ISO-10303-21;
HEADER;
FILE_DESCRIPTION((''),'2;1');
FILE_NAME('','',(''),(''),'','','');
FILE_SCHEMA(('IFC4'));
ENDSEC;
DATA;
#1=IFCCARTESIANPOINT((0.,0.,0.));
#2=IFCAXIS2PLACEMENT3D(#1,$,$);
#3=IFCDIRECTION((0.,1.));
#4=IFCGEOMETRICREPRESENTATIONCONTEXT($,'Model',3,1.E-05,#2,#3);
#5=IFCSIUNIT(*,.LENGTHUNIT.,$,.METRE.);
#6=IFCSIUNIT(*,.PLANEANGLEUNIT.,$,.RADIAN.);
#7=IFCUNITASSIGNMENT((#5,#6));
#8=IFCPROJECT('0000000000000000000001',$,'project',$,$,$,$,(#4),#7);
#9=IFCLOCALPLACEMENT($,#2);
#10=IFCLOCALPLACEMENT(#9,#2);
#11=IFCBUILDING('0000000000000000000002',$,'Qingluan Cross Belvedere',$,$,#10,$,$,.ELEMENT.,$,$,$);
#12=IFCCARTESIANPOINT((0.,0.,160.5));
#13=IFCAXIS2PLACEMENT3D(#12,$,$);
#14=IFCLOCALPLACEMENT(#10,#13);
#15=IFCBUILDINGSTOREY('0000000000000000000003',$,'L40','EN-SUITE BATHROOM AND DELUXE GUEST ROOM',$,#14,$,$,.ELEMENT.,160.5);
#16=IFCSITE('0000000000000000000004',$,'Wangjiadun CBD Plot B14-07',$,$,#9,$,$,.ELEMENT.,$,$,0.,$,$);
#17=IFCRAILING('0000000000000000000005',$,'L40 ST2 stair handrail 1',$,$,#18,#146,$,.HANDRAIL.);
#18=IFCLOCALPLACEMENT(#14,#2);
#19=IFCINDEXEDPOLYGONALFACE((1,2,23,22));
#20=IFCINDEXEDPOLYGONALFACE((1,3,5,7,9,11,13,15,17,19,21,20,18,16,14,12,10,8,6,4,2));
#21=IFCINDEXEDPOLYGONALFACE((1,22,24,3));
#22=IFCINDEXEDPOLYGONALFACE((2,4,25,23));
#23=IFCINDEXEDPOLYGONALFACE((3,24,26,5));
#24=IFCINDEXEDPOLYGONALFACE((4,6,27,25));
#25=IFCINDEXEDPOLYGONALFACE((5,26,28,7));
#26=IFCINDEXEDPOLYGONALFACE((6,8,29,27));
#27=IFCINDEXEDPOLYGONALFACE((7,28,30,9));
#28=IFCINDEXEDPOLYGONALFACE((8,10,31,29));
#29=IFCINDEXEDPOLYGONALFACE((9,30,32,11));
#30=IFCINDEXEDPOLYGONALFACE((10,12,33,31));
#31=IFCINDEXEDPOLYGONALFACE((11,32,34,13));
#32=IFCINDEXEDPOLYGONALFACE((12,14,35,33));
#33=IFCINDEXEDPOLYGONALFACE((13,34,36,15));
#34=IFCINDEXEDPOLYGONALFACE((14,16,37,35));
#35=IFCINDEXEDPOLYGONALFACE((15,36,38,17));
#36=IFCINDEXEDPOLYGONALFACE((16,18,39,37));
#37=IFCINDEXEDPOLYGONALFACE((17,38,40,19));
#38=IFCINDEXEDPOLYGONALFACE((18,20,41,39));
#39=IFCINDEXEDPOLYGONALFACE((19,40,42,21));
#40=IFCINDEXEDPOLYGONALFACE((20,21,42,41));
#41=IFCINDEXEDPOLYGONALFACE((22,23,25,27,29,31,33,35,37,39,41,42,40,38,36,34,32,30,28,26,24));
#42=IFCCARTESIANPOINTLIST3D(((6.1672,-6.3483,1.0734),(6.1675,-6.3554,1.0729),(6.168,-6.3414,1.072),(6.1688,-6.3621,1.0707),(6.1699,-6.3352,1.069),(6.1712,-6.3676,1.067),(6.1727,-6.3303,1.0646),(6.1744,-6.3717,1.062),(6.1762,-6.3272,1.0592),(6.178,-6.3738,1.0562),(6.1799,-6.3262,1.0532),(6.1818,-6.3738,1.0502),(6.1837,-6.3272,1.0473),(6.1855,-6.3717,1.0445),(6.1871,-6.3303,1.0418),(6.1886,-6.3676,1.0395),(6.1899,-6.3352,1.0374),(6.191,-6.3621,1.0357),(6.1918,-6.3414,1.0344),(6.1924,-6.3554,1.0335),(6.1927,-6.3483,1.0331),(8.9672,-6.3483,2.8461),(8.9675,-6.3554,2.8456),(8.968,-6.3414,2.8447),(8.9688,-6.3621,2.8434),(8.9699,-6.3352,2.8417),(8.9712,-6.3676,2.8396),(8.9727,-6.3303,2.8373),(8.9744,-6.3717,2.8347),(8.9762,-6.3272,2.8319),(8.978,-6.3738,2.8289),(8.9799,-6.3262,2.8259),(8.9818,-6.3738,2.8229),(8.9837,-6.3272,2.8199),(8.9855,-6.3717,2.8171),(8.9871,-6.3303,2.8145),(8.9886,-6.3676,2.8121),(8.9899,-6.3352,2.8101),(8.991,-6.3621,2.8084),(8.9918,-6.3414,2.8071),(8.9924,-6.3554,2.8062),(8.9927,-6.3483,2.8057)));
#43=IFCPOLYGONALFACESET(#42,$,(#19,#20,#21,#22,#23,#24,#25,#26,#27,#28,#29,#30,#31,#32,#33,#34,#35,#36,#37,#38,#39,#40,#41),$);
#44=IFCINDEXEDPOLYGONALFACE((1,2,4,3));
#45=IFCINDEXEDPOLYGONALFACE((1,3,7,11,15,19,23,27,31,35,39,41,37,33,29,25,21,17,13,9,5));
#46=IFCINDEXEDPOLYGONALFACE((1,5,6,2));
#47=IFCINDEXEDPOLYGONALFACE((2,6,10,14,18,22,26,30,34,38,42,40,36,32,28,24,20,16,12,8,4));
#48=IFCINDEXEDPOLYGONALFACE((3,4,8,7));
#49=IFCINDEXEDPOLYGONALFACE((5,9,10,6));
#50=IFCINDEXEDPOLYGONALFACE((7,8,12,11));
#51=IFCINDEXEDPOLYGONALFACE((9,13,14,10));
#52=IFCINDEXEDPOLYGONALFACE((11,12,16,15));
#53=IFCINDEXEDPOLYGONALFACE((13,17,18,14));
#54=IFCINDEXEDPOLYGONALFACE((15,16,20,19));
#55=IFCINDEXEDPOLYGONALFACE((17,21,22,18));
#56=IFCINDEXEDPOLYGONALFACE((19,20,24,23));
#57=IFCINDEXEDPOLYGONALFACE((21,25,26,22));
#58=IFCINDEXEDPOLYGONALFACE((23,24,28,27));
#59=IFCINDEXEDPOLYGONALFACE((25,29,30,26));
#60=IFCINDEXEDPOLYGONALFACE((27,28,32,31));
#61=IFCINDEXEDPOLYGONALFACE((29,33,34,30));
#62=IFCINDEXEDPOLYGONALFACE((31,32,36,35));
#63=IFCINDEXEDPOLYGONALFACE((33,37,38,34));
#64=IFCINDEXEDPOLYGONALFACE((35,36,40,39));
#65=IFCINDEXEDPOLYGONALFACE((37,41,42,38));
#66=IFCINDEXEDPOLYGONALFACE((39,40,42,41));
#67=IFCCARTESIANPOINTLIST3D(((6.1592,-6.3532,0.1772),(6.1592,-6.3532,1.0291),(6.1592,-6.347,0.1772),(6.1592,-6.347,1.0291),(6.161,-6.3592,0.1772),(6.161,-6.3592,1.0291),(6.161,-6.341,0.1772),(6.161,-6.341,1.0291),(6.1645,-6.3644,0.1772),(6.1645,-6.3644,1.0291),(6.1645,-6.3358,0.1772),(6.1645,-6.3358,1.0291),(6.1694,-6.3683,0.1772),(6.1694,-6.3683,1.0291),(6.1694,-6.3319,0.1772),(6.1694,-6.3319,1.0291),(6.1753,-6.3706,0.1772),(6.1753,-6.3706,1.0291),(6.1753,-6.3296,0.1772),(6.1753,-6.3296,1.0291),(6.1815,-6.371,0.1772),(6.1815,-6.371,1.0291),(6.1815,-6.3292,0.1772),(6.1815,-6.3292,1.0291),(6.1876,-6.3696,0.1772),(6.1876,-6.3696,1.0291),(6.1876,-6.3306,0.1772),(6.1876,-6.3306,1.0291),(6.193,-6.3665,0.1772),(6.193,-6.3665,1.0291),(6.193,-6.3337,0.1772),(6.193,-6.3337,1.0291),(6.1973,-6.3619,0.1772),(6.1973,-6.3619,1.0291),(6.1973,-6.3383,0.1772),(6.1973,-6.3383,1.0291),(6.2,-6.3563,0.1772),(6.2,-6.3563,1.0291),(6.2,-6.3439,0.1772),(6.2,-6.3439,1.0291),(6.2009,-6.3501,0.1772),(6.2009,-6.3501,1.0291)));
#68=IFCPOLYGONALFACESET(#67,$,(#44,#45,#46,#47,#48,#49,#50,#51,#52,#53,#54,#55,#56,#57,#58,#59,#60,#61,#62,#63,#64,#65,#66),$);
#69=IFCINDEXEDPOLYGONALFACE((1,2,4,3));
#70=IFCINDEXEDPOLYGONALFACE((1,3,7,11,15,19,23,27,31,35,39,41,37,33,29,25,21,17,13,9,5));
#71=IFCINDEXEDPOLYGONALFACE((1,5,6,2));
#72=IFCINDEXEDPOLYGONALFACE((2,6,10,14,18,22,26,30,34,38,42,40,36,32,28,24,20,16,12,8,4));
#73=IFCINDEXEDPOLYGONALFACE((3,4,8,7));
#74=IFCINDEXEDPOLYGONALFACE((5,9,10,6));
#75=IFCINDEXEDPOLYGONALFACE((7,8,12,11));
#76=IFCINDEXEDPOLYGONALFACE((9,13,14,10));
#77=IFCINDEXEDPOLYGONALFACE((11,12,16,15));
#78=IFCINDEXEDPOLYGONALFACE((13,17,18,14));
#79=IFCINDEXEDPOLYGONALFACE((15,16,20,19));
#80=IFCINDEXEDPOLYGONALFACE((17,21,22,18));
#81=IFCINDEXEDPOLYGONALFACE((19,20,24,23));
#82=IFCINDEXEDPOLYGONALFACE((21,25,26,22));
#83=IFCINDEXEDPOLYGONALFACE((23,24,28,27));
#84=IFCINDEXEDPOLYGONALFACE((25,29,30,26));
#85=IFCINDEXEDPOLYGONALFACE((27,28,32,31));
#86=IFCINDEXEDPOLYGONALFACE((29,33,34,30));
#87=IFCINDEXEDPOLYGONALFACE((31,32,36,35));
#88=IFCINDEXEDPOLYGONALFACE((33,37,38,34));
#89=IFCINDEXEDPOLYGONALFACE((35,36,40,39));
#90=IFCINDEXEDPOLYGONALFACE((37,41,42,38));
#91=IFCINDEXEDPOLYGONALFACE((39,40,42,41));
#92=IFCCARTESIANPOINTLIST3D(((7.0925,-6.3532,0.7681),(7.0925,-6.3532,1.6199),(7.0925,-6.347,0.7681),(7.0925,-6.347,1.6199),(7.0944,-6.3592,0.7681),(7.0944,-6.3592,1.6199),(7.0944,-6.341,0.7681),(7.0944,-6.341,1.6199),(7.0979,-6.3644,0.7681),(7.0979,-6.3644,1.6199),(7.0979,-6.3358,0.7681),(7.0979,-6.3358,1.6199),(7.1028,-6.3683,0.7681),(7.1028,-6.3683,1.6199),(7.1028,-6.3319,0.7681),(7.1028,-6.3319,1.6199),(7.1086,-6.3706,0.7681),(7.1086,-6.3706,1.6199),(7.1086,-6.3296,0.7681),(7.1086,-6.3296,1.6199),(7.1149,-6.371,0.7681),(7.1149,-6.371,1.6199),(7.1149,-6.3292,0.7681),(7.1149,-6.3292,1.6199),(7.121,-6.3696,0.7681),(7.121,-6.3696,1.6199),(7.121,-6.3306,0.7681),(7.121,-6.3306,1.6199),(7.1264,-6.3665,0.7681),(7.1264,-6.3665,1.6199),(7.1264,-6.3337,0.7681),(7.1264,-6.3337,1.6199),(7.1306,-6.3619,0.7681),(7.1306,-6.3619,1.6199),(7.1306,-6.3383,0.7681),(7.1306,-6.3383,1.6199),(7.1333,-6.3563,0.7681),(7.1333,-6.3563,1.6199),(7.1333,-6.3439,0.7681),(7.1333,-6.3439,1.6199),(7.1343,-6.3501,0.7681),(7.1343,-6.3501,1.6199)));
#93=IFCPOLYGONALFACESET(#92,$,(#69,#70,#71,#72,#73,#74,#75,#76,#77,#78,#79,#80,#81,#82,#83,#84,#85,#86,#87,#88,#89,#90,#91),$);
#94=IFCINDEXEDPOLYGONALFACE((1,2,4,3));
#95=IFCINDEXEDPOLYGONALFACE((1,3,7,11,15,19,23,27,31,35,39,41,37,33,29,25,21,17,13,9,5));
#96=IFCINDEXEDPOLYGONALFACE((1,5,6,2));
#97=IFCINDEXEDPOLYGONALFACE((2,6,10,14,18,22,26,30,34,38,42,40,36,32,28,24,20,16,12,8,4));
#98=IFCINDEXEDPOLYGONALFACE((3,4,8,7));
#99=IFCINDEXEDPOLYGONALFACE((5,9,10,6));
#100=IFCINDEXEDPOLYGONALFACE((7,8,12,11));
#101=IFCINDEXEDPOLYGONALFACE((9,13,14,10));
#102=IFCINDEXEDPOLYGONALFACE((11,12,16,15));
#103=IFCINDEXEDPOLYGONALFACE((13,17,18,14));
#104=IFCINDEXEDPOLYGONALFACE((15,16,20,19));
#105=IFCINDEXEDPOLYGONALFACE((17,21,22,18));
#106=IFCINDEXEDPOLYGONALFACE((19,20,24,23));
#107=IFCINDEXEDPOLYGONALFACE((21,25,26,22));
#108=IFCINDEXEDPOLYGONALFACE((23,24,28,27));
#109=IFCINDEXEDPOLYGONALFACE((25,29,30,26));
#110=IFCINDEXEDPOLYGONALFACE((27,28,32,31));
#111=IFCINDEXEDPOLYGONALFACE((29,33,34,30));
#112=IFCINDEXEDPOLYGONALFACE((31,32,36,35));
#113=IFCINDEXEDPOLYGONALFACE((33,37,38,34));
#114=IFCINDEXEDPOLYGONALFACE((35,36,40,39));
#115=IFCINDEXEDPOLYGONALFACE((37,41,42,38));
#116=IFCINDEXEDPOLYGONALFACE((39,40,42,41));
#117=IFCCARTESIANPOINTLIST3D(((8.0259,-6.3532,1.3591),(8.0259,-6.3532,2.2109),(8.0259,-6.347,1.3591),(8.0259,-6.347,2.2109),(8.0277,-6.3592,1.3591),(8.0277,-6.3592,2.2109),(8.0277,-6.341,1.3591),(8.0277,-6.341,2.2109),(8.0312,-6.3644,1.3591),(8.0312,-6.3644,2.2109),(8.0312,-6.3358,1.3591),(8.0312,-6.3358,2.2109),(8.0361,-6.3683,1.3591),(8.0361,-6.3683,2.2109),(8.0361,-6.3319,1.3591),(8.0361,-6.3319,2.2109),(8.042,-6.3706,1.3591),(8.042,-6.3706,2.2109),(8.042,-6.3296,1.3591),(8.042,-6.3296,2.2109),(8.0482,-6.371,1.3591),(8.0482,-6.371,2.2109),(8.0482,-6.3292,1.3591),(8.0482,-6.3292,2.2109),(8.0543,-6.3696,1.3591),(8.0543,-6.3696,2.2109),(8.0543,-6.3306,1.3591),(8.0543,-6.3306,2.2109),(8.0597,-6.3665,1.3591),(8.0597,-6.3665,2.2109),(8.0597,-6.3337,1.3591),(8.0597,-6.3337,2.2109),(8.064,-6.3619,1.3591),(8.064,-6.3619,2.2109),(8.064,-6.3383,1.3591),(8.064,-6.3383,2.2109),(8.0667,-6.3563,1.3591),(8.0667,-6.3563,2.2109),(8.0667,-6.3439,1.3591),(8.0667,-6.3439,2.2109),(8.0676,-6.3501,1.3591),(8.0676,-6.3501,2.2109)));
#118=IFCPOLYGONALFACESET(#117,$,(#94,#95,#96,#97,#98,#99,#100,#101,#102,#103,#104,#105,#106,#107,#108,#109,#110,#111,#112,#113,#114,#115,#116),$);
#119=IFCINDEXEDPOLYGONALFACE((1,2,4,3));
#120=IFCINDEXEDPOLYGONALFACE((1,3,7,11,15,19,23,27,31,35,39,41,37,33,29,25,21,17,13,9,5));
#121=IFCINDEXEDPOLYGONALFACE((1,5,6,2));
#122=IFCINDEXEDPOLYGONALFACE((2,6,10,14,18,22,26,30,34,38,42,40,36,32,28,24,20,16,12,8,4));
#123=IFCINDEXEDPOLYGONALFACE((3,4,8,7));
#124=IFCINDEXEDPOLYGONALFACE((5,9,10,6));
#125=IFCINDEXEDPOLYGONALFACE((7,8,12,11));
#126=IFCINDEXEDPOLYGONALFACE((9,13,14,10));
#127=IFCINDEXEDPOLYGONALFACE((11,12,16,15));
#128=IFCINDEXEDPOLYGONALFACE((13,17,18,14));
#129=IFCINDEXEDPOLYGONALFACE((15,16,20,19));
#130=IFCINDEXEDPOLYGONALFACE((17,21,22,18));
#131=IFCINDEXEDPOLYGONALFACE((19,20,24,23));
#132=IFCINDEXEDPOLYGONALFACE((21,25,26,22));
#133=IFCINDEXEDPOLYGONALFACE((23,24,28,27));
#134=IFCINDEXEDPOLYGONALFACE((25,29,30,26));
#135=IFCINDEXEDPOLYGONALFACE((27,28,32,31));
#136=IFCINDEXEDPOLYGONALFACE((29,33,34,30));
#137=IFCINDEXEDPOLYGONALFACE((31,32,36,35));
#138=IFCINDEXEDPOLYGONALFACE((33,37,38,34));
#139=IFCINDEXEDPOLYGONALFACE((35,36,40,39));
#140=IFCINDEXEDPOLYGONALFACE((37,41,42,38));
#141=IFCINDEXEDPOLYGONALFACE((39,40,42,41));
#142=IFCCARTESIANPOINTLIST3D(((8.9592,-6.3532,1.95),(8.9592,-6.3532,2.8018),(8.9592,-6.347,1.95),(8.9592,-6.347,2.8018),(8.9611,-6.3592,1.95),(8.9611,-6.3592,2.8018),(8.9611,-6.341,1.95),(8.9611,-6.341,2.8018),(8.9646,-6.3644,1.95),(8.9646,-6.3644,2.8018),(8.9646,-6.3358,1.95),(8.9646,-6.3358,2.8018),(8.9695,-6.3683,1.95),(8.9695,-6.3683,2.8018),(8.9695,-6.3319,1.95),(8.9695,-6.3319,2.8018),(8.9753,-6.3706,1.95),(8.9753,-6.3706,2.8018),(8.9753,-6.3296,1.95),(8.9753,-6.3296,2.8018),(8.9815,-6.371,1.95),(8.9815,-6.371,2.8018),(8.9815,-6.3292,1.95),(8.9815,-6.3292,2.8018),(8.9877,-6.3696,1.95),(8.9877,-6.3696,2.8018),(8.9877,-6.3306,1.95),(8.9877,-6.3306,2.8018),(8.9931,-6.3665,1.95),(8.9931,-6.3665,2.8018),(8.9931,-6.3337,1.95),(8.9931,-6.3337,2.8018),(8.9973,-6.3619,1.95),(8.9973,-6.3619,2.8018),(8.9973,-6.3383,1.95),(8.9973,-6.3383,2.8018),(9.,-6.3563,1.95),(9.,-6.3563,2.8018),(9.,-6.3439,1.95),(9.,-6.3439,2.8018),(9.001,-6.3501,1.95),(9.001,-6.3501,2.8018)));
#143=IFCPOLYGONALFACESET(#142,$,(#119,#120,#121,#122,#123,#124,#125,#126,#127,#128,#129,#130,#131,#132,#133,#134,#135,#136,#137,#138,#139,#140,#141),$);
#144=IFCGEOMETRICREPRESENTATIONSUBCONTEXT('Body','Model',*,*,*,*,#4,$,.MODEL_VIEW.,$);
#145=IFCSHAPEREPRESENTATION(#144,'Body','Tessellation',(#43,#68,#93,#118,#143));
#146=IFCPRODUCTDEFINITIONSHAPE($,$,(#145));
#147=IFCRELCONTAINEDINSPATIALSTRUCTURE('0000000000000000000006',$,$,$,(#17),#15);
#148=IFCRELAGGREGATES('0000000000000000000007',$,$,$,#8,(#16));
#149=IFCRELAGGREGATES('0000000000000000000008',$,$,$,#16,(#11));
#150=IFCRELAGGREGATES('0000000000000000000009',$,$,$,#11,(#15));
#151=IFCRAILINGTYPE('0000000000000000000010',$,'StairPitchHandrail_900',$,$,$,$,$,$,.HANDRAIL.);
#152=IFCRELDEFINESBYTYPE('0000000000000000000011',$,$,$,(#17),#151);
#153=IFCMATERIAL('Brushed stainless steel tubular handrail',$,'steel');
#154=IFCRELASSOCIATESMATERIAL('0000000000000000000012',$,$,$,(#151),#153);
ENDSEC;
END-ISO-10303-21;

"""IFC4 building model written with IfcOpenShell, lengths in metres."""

from ifc_helpers import new_model, si_unit, direction, frame, origin, origin_2d, place, context, subcontext, project, spatial, circle, extrude, material, type_object, element, save


model = new_model("IFC4")

# Units and contexts
model_context = context("Model", 3, precision=1e-05, world=origin(), true_north=direction((0.0, 1.0)))
body_context = subcontext(model_context, "Body", "Model", "MODEL_VIEW")
ifc_project = project(units=[si_unit("LENGTHUNIT", "METRE"), si_unit("PLANEANGLEUNIT", "RADIAN")], contexts=[model_context])

# Site, building, storey
site_placement = place(None, origin())
site = spatial("IfcSite", under=ifc_project, at=site_placement, Name="Wangjiadun CBD Plot B14-07", CompositionType="ELEMENT", RefElevation=0.0)
building_placement = place(site_placement, origin())
building = spatial("IfcBuilding", under=site, at=building_placement, Name="Qingluan Cross Belvedere", CompositionType="ELEMENT")
storey_placement = place(building_placement, frame((0.0, 0.0, 160.5)))
storey = spatial("IfcBuildingStorey", under=building, at=storey_placement, Name="L40", Description="EN-SUITE BATHROOM AND DELUXE GUEST ROOM", CompositionType="ELEMENT", Elevation=160.5)

# Railing
ifc_material_1 = material(Name="Brushed stainless steel tubular handrail", Category="steel")
railing_type_1 = type_object("IfcRailingType", Name="StairPitchHandrail_900", PredefinedType="HANDRAIL", material=ifc_material_1)
railing_1_placement = place(storey_placement, frame((6.1799, -6.3501, 0.1772)))
element("IfcRailing", 1, at=railing_1_placement, inside=storey, type_object=railing_type_1, Name="L40 ST2 stair handrail 1", PredefinedType="HANDRAIL", context=body_context, shape_type="SweptSolid", body=[
    extrude(circle(Radius=0.0239, at=origin_2d()), frame((0.0, 0.0, 0.876), z_axis=(0.844909, 0.0, 0.53491), x_axis=(0.0, 1.0, 0.0)), (0.0, 0.0, 1.0), 3.314),
    extrude(circle(Radius=0.021, at=origin_2d()), origin(), (0.0, 0.0, 1.0), 0.8518),
    extrude(circle(Radius=0.021, at=origin_2d()), frame((0.9333, 0.0, 0.5908)), (0.0, 0.0, 1.0), 0.8518),
    extrude(circle(Radius=0.021, at=origin_2d()), frame((1.8667, 0.0, 1.1819)), (0.0, 0.0, 1.0), 0.8518),
    extrude(circle(Radius=0.021, at=origin_2d()), frame((2.8, 0.0, 1.7727)), (0.0, 0.0, 1.0), 0.8518),
])

save(model, "model.ifc")
